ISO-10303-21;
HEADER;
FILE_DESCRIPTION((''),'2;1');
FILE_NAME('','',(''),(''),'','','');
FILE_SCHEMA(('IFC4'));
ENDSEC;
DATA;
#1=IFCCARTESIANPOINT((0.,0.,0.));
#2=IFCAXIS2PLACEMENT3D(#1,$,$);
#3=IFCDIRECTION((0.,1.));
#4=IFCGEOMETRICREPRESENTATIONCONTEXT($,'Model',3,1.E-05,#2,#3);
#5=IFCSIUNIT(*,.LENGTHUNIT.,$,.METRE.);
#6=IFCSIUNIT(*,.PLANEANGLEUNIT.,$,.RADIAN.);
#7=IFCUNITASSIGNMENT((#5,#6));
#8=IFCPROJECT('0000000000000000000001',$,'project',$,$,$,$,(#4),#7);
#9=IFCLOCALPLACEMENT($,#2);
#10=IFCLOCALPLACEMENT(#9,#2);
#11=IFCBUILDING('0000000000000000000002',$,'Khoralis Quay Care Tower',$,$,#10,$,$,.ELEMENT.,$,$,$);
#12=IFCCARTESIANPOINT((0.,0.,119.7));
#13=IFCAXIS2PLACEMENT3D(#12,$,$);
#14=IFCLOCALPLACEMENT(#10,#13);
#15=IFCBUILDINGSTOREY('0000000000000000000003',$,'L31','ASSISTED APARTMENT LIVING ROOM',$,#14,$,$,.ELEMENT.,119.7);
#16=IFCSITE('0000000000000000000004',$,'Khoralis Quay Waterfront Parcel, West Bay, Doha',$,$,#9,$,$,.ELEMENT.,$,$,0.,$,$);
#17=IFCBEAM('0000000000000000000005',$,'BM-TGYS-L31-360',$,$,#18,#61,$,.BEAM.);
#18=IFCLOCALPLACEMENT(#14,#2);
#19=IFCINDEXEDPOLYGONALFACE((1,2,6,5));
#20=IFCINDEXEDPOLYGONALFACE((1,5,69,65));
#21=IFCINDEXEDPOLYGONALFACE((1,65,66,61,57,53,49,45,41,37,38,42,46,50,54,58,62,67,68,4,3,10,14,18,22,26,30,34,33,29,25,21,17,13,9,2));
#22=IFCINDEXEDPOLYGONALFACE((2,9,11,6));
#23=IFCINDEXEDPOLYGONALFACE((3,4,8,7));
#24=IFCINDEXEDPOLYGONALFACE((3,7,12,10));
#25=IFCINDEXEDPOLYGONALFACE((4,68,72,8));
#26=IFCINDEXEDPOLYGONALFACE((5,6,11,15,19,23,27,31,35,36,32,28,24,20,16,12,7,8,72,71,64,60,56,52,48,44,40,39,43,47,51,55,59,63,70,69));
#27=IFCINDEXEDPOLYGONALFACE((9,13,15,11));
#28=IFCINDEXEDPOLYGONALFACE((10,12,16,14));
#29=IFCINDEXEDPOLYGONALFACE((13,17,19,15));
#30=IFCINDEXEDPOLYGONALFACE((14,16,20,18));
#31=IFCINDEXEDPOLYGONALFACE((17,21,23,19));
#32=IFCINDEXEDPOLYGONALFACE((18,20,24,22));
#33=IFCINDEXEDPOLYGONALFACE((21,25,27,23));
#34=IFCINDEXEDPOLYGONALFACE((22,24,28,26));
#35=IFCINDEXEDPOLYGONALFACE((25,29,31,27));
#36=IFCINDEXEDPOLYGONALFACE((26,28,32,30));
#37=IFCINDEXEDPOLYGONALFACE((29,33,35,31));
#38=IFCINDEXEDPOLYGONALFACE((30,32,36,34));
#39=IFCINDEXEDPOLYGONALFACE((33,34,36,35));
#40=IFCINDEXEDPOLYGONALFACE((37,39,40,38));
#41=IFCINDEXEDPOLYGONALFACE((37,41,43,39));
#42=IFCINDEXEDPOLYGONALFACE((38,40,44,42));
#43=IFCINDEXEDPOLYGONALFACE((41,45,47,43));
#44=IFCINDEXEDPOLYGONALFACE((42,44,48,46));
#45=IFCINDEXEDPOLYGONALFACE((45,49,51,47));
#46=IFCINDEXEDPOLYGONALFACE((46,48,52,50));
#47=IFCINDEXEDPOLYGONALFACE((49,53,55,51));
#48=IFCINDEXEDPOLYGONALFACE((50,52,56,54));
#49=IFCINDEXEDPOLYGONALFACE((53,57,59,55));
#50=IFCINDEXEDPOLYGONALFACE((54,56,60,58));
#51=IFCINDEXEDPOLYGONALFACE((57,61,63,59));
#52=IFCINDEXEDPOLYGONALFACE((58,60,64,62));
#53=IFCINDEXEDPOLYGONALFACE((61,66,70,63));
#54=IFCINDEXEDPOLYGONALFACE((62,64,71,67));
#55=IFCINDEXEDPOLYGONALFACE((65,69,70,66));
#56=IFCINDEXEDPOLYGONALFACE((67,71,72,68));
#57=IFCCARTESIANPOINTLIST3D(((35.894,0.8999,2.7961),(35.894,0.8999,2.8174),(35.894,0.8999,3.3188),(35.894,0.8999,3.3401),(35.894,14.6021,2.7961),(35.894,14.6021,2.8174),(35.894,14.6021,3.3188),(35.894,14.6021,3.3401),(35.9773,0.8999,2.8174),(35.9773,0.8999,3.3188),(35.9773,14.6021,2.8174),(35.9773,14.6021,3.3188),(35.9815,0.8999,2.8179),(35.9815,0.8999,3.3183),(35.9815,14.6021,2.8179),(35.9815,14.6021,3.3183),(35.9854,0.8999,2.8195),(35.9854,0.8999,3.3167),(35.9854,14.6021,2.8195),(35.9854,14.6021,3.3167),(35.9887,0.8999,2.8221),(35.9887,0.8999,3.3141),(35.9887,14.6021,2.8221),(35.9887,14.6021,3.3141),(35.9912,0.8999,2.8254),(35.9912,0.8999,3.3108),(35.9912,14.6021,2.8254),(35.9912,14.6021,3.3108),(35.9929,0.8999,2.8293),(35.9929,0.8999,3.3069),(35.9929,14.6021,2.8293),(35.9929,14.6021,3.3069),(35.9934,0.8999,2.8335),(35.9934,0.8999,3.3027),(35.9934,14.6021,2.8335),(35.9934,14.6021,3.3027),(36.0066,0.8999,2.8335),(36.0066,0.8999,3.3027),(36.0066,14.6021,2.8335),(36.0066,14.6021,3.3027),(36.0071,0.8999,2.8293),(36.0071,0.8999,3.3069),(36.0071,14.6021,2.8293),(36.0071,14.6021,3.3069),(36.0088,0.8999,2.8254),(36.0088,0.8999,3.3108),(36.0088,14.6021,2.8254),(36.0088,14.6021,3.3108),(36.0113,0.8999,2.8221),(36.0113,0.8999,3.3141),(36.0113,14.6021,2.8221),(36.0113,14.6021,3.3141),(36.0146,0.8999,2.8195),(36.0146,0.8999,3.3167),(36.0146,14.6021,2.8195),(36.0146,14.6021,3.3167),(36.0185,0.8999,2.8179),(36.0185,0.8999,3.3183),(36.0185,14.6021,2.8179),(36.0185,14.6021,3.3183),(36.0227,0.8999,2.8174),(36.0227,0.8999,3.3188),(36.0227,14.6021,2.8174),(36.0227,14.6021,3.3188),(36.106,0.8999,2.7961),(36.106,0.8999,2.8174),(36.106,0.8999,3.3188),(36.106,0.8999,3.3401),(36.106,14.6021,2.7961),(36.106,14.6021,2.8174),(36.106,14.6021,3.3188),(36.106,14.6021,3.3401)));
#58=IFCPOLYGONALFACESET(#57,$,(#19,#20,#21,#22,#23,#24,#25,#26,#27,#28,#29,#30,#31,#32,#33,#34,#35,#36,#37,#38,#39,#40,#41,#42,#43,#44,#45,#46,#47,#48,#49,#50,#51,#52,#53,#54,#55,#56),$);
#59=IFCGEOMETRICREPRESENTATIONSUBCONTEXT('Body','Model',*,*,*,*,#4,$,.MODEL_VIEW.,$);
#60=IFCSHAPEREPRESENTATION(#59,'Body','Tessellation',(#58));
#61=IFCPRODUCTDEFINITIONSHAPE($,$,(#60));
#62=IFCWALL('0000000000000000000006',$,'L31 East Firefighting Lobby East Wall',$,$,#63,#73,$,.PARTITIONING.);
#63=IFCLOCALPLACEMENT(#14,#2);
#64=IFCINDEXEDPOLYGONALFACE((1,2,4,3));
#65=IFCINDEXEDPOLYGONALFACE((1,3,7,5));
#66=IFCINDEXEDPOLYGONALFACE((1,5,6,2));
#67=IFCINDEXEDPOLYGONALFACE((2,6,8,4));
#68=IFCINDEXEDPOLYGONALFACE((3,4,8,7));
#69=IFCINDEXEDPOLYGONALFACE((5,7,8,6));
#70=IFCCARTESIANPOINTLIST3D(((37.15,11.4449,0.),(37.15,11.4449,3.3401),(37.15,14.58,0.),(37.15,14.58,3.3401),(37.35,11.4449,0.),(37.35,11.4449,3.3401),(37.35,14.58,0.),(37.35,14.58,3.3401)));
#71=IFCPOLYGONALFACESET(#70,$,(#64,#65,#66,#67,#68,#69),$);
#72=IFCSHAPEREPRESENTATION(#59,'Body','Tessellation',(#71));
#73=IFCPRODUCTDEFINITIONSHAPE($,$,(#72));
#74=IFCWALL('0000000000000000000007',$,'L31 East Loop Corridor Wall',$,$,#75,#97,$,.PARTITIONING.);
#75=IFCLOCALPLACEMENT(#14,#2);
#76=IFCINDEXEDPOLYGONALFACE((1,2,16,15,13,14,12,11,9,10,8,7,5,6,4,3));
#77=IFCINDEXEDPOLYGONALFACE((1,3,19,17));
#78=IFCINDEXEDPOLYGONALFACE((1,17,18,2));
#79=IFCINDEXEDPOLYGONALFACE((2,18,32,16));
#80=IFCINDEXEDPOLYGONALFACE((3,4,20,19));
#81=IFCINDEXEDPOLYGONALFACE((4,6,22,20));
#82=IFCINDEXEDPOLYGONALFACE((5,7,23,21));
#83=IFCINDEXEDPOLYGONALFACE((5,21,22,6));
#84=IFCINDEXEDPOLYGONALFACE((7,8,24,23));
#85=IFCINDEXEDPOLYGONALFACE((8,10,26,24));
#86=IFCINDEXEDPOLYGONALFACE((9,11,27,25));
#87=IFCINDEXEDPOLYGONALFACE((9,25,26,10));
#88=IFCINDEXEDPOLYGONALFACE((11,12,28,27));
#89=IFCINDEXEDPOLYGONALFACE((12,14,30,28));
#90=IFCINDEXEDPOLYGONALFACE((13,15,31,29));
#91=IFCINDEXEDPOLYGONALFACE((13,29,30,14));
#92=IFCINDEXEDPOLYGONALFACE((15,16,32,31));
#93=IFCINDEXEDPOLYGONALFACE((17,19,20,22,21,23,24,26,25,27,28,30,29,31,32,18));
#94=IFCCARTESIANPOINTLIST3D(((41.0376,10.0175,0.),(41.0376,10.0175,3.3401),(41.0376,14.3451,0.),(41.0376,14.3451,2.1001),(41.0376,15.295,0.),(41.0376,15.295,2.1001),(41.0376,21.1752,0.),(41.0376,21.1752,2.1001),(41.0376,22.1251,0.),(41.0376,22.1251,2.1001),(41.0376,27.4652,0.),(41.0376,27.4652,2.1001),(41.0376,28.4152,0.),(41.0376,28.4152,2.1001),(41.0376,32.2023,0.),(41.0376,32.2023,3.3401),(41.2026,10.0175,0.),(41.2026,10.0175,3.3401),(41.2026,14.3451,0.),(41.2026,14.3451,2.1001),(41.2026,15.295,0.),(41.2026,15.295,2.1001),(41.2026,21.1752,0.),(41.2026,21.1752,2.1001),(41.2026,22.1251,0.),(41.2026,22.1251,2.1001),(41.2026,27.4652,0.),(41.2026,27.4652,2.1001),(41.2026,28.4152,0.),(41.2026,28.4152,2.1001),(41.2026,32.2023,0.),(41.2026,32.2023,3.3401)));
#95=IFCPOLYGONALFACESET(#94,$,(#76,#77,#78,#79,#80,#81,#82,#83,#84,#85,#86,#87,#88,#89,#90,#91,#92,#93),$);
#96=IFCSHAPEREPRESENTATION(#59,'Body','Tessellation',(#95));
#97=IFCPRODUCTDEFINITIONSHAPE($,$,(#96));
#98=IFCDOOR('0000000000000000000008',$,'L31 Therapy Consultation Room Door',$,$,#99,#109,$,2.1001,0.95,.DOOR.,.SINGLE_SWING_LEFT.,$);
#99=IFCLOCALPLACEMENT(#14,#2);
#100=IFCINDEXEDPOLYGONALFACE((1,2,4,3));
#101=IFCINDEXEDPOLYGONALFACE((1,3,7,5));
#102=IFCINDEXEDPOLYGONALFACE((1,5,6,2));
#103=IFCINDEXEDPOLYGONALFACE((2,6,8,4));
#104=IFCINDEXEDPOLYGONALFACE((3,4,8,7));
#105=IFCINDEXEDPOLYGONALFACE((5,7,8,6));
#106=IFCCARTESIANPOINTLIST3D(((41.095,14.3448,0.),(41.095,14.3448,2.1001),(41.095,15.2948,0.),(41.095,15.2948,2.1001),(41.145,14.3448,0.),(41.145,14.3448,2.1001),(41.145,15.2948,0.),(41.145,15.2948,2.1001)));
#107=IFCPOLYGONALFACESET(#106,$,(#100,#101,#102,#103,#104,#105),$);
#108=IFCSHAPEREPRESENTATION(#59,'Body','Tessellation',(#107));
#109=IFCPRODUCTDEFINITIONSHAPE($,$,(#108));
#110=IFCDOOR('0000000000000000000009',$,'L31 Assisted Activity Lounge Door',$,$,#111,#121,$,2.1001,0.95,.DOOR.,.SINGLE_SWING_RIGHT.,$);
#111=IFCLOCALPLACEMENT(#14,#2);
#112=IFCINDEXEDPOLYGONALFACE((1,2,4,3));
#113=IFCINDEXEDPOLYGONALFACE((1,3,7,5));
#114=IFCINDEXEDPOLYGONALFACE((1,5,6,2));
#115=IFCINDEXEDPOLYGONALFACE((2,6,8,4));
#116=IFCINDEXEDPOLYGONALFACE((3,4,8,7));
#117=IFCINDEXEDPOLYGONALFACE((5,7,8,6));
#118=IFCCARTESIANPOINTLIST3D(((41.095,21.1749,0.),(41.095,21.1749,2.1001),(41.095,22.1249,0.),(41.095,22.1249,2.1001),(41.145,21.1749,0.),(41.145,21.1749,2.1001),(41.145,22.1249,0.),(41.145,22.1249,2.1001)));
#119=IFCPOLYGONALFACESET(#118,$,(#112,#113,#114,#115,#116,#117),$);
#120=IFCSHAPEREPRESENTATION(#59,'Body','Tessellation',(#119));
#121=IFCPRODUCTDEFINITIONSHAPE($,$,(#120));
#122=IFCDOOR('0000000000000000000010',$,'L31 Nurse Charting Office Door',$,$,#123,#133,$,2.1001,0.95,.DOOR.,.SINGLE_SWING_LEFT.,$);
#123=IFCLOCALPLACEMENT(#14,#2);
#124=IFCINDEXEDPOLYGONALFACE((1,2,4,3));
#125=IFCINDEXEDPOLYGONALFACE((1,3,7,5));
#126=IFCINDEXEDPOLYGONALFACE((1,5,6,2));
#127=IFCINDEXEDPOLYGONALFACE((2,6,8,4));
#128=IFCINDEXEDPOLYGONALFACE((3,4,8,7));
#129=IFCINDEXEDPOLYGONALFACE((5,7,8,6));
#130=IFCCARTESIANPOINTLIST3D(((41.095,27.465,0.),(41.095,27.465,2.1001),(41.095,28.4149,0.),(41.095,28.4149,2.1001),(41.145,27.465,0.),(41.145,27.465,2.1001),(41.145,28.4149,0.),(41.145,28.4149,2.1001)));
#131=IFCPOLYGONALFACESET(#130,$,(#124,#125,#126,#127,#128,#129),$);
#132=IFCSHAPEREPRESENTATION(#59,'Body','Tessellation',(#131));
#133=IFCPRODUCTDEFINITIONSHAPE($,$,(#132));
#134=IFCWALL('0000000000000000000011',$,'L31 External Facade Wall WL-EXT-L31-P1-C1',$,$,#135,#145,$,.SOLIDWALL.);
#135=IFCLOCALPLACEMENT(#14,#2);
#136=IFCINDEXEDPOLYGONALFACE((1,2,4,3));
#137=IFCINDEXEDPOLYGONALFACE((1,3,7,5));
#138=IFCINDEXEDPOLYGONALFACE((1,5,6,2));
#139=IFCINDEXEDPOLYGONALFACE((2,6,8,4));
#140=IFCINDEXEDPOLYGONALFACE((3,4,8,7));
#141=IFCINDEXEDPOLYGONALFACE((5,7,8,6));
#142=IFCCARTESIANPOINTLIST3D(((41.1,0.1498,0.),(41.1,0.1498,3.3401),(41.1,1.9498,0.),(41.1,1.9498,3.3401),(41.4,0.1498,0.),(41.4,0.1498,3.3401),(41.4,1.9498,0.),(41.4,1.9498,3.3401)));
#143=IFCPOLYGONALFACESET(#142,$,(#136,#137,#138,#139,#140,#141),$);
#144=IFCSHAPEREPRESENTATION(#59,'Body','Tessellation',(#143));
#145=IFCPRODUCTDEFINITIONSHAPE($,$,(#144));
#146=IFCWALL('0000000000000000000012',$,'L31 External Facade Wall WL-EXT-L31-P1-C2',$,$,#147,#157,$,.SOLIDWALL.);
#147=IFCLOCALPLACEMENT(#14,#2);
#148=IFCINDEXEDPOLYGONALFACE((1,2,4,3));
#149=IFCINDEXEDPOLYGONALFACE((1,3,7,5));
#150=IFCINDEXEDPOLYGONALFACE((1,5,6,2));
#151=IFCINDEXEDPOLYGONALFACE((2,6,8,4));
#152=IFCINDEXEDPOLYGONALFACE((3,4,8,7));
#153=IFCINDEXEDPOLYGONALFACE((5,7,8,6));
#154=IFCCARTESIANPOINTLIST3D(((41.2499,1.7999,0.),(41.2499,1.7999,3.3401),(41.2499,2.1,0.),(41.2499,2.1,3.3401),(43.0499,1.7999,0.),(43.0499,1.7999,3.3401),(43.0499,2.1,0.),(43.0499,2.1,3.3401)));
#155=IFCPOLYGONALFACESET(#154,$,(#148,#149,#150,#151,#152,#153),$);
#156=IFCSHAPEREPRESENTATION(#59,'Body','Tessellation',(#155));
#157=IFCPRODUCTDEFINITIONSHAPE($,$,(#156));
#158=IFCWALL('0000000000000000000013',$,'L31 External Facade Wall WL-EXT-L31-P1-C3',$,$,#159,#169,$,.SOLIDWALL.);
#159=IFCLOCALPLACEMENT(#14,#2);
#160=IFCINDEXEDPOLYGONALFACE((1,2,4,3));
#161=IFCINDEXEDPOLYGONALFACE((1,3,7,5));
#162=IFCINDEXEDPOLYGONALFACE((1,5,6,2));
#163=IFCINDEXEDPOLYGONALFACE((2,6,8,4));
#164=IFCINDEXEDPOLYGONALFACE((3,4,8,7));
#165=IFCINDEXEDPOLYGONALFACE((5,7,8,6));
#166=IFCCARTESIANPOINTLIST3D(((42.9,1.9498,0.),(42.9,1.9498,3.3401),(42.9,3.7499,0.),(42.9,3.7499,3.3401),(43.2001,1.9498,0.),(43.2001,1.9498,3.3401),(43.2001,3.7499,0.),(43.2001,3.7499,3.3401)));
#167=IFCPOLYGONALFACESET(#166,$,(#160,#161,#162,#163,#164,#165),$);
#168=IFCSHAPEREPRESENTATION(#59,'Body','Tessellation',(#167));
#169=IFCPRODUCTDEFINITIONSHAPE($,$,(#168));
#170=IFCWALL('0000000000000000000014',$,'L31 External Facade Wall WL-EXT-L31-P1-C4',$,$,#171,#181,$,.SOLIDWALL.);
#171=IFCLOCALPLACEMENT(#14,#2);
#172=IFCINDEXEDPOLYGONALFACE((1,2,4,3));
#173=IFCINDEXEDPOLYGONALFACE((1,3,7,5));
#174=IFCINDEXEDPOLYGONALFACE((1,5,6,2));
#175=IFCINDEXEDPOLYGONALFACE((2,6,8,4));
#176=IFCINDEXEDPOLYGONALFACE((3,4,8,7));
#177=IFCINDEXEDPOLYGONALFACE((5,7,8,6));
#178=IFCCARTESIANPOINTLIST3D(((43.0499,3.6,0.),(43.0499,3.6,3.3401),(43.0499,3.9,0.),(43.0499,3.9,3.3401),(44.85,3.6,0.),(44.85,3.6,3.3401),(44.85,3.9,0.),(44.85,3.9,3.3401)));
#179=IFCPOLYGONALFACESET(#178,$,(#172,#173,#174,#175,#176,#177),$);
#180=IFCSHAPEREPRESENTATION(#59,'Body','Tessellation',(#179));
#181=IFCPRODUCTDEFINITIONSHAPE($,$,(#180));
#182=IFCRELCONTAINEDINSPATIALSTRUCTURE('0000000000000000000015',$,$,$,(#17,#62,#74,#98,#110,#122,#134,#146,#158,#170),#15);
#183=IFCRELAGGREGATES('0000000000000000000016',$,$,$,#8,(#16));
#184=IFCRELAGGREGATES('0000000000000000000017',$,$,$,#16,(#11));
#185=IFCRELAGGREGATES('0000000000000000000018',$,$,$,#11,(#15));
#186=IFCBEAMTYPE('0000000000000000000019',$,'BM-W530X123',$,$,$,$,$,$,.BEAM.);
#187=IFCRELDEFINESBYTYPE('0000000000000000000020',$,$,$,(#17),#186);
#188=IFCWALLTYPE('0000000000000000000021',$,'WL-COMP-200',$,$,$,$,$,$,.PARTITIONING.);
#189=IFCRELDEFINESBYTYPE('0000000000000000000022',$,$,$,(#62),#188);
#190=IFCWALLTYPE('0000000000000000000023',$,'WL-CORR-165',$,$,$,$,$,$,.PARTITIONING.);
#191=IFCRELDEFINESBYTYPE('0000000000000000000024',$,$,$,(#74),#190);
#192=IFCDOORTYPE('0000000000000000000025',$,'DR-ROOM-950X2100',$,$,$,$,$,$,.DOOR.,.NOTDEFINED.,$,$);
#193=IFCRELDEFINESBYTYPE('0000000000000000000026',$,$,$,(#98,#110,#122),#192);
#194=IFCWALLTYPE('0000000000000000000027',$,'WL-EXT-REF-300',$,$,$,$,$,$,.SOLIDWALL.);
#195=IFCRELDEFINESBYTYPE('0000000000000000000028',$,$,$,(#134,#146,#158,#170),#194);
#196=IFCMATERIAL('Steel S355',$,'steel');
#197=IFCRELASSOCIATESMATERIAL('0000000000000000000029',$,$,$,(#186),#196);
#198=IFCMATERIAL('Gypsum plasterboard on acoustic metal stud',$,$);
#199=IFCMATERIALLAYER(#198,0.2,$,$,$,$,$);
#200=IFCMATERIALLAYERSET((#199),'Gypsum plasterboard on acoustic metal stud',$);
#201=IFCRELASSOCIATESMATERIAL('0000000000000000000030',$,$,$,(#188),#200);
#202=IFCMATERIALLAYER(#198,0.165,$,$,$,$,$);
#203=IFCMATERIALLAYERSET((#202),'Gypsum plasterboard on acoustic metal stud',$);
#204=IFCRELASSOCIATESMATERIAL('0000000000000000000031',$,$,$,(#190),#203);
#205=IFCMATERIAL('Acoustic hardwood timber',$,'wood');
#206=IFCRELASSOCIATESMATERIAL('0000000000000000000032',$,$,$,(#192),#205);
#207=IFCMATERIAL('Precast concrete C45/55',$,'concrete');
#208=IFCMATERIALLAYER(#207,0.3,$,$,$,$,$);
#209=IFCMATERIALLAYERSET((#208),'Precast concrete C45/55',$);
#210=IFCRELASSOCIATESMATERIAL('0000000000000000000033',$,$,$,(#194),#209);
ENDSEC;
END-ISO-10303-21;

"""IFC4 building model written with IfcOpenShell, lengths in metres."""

from ifc_helpers import new_model, si_unit, direction, frame, frame_2d, origin, origin_2d, place, context, subcontext, project, spatial, rectangle, i_section, extrude, source, transform, mapped, material, layer, layer_set, material_profile, profile_set, type_object, element, fill, save


model = new_model("IFC4")

# Units and contexts
model_context = context("Model", 3, precision=1e-05, world=origin(), true_north=direction((0.0, 1.0)))
body_context = subcontext(model_context, "Body", "Model", "MODEL_VIEW")
ifc_project = project(units=[si_unit("LENGTHUNIT", "METRE"), si_unit("PLANEANGLEUNIT", "RADIAN")], contexts=[model_context])

# Site, building, storey
site_placement = place(None, origin())
site = spatial("IfcSite", under=ifc_project, at=site_placement, Name="Khoralis Quay Waterfront Parcel, West Bay, Doha", CompositionType="ELEMENT", RefElevation=0.0)
building_placement = place(site_placement, origin())
building = spatial("IfcBuilding", under=site, at=building_placement, Name="Khoralis Quay Care Tower", CompositionType="ELEMENT")
storey_placement = place(building_placement, frame((0.0, 0.0, 119.7)))
storey = spatial("IfcBuildingStorey", under=building, at=storey_placement, Name="L31", Description="ASSISTED APARTMENT LIVING ROOM", CompositionType="ELEMENT", Elevation=119.7)

# Beam
ifc_material_1 = material(Name="Steel S355", Category="steel")
ifc_material_profile_1 = material_profile(ifc_material_1, i_section(OverallWidth=0.2119, OverallDepth=0.5439, WebThickness=0.0132, FlangeThickness=0.0212, FilletRadius=0.0161, at=origin_2d()), Name="Steel S355")
ifc_profile_set_1 = profile_set([ifc_material_profile_1], Name="Steel S355")
beam_type_1 = type_object("IfcBeamType", Name="BM-W530X123", PredefinedType="BEAM", material=ifc_profile_set_1)
shared_shape_1 = source(origin(), body_context, "Body", "SweptSolid", [
    extrude(i_section(OverallWidth=0.2119, OverallDepth=0.5439, WebThickness=0.0132, FlangeThickness=0.0212, FilletRadius=0.0161, at=origin_2d()), origin(), (0.0, 0.0, 1.0), 13.7021),
])
beam_1_placement = place(storey_placement, frame((36.0, 0.8999, 3.0681), z_axis=(0.0, 1.0, 0.0), x_axis=(-1.0, 0.0, 0.0)))
element("IfcBeam", 1, at=beam_1_placement, inside=storey, type_object=beam_type_1, Name="BM-TGYS-L31-360", PredefinedType="BEAM", context=body_context, shape_type="MappedRepresentation", body=[
    mapped(shared_shape_1, transform((0.0, 0.0, 0.0), scale=1.0)),
])

# Wall
ifc_material_2 = material(Name="Gypsum plasterboard on acoustic metal stud")
ifc_layer_1 = layer(ifc_material_2, 0.2)
ifc_layer_set_1 = layer_set([ifc_layer_1], Name="Gypsum plasterboard on acoustic metal stud")
wall_type_1 = type_object("IfcWallType", Name="WL-COMP-200", PredefinedType="PARTITIONING", material=ifc_layer_set_1)
wall_1_placement = place(storey_placement, frame((37.25, 11.4451, 0.0), z_axis=(0.0, 0.0, 1.0), x_axis=(0.0, 1.0, 0.0)))
element("IfcWall", 2, at=wall_1_placement, inside=storey, type_object=wall_type_1, Name="L31 East Firefighting Lobby East Wall", PredefinedType="PARTITIONING", context=body_context, shape_type="SweptSolid", body=[
    extrude(rectangle(XDim=3.135, YDim=0.2, at=frame_2d((1.5674, 0.0))), origin(), (0.0, 0.0, 1.0), 3.3401),
])

# Wall, openings, doors
ifc_layer_2 = layer(ifc_material_2, 0.165)
ifc_layer_set_2 = layer_set([ifc_layer_2], Name="Gypsum plasterboard on acoustic metal stud")
wall_type_2 = type_object("IfcWallType", Name="WL-CORR-165", PredefinedType="PARTITIONING", material=ifc_layer_set_2)
wall_2_placement = place(storey_placement, frame((41.1201, 10.0176, 0.0), z_axis=(0.0, 0.0, 1.0), x_axis=(0.0, 1.0, 0.0)))
wall_2 = element("IfcWall", 3, at=wall_2_placement, inside=storey, type_object=wall_type_2, Name="L31 East Loop Corridor Wall", PredefinedType="PARTITIONING", context=body_context, shape_type="SweptSolid", body=[
    extrude(rectangle(XDim=22.1848, YDim=0.165, at=frame_2d((11.0923, 0.0))), origin(), (0.0, 0.0, 1.0), 3.3401),
])
opening_1_placement = place(wall_2_placement, frame((4.3274, 0.0, 0.0)))
opening_1 = element("IfcOpeningElement", 4, at=opening_1_placement, cuts=wall_2, PredefinedType="OPENING", context=body_context, shape_type="SweptSolid", body=[
    extrude(rectangle(XDim=0.95, YDim=2.1001, at=frame_2d((0.4751, 1.05))), frame((0.0, 0.0925, 0.0), z_axis=(0.0, -1.0, 0.0), x_axis=(1.0, 0.0, 0.0)), (0.0, 0.0, 1.0), 0.1851),
])
opening_2_placement = place(wall_2_placement, frame((11.1575, 0.0, 0.0)))
opening_2 = element("IfcOpeningElement", 5, at=opening_2_placement, cuts=wall_2, PredefinedType="OPENING", context=body_context, shape_type="SweptSolid", body=[
    extrude(rectangle(XDim=0.95, YDim=2.1001, at=frame_2d((0.4751, 1.05))), frame((0.0, 0.0925, 0.0), z_axis=(0.0, -1.0, 0.0), x_axis=(1.0, 0.0, 0.0)), (0.0, 0.0, 1.0), 0.1851),
])
opening_3_placement = place(wall_2_placement, frame((17.4475, 0.0, 0.0)))
opening_3 = element("IfcOpeningElement", 6, at=opening_3_placement, cuts=wall_2, PredefinedType="OPENING", context=body_context, shape_type="SweptSolid", body=[
    extrude(rectangle(XDim=0.95, YDim=2.1001, at=frame_2d((0.4751, 1.05))), frame((0.0, 0.0925, 0.0), z_axis=(0.0, -1.0, 0.0), x_axis=(1.0, 0.0, 0.0)), (0.0, 0.0, 1.0), 0.1851),
])
ifc_material_3 = material(Name="Acoustic hardwood timber", Category="wood")
door_type = type_object("IfcDoorType", Name="DR-ROOM-950X2100", OperationType="NOTDEFINED", PredefinedType="DOOR", material=ifc_material_3)
shared_shape_2 = source(origin(), body_context, "Body", "SweptSolid", [
    extrude(rectangle(XDim=0.95, YDim=2.1001, at=frame_2d((0.4751, 1.05))), frame((0.0, 0.0249, 0.0), z_axis=(0.0, -1.0, 0.0), x_axis=(1.0, 0.0, 0.0)), (0.0, 0.0, 1.0), 0.05),
])
door_1_placement = place(opening_1_placement, frame((0.95, 0.0, 0.0), z_axis=(0.0, 0.0, 1.0), x_axis=(-1.0, 0.0, 0.0)))
door_1 = element("IfcDoor", 7, at=door_1_placement, inside=storey, type_object=door_type, Name="L31 Therapy Consultation Room Door", OperationType="SINGLE_SWING_LEFT", OverallHeight=2.1001, OverallWidth=0.95, PredefinedType="DOOR", context=body_context, shape_type="MappedRepresentation", body=[
    mapped(shared_shape_2, transform((0.0, 0.0, 0.0), scale=1.0)),
])
fill(opening_1, door_1)
door_2_placement = place(opening_2_placement, frame((0.95, 0.0, 0.0), z_axis=(0.0, 0.0, 1.0), x_axis=(-1.0, 0.0, 0.0)))
door_2 = element("IfcDoor", 8, at=door_2_placement, inside=storey, type_object=door_type, Name="L31 Assisted Activity Lounge Door", OperationType="SINGLE_SWING_RIGHT", OverallHeight=2.1001, OverallWidth=0.95, PredefinedType="DOOR", context=body_context, shape_type="MappedRepresentation", body=[
    mapped(shared_shape_2, transform((0.0, 0.0, 0.0), scale=1.0)),
])
fill(opening_2, door_2)
door_3_placement = place(opening_3_placement, frame((0.95, 0.0, 0.0), z_axis=(0.0, 0.0, 1.0), x_axis=(-1.0, 0.0, 0.0)))
door_3 = element("IfcDoor", 9, at=door_3_placement, inside=storey, type_object=door_type, Name="L31 Nurse Charting Office Door", OperationType="SINGLE_SWING_LEFT", OverallHeight=2.1001, OverallWidth=0.95, PredefinedType="DOOR", context=body_context, shape_type="MappedRepresentation", body=[
    mapped(shared_shape_2, transform((0.0, 0.0, 0.0), scale=1.0)),
])
fill(opening_3, door_3)

# Walls
ifc_material_4 = material(Name="Precast concrete C45/55", Category="concrete")
ifc_layer_3 = layer(ifc_material_4, 0.3)
ifc_layer_set_3 = layer_set([ifc_layer_3], Name="Precast concrete C45/55")
wall_type_3 = type_object("IfcWallType", Name="WL-EXT-REF-300", PredefinedType="SOLIDWALL", material=ifc_layer_set_3)
for number, where, z_axis, x_axis, name in (
    (10, (41.25, 0.1499, 0.0), (0.0, 0.0, 1.0), (0.0, 1.0, 0.0), "L31 External Facade Wall WL-EXT-L31-P1-C1"),
    (11, (41.25, 1.95, 0.0), (0.0, 0.0, 1.0), (1.0, 0.0, 0.0), "L31 External Facade Wall WL-EXT-L31-P1-C2"),
    (12, (43.05, 1.95, 0.0), (0.0, 0.0, 1.0), (0.0, 1.0, 0.0), "L31 External Facade Wall WL-EXT-L31-P1-C3"),
    (13, (43.05, 3.75, 0.0), (0.0, 0.0, 1.0), (1.0, 0.0, 0.0), "L31 External Facade Wall WL-EXT-L31-P1-C4"),
):
    element("IfcWall", number, at=place(storey_placement, frame(where, z_axis=z_axis, x_axis=x_axis)), inside=storey, type_object=wall_type_3, Name=name, PredefinedType="SOLIDWALL", context=body_context, shape_type="SweptSolid", body=[
        extrude(rectangle(XDim=1.8, YDim=0.3, at=frame_2d((0.8999, 0.0))), origin(), (0.0, 0.0, 1.0), 3.3401),
    ])

save(model, "model.ifc")
